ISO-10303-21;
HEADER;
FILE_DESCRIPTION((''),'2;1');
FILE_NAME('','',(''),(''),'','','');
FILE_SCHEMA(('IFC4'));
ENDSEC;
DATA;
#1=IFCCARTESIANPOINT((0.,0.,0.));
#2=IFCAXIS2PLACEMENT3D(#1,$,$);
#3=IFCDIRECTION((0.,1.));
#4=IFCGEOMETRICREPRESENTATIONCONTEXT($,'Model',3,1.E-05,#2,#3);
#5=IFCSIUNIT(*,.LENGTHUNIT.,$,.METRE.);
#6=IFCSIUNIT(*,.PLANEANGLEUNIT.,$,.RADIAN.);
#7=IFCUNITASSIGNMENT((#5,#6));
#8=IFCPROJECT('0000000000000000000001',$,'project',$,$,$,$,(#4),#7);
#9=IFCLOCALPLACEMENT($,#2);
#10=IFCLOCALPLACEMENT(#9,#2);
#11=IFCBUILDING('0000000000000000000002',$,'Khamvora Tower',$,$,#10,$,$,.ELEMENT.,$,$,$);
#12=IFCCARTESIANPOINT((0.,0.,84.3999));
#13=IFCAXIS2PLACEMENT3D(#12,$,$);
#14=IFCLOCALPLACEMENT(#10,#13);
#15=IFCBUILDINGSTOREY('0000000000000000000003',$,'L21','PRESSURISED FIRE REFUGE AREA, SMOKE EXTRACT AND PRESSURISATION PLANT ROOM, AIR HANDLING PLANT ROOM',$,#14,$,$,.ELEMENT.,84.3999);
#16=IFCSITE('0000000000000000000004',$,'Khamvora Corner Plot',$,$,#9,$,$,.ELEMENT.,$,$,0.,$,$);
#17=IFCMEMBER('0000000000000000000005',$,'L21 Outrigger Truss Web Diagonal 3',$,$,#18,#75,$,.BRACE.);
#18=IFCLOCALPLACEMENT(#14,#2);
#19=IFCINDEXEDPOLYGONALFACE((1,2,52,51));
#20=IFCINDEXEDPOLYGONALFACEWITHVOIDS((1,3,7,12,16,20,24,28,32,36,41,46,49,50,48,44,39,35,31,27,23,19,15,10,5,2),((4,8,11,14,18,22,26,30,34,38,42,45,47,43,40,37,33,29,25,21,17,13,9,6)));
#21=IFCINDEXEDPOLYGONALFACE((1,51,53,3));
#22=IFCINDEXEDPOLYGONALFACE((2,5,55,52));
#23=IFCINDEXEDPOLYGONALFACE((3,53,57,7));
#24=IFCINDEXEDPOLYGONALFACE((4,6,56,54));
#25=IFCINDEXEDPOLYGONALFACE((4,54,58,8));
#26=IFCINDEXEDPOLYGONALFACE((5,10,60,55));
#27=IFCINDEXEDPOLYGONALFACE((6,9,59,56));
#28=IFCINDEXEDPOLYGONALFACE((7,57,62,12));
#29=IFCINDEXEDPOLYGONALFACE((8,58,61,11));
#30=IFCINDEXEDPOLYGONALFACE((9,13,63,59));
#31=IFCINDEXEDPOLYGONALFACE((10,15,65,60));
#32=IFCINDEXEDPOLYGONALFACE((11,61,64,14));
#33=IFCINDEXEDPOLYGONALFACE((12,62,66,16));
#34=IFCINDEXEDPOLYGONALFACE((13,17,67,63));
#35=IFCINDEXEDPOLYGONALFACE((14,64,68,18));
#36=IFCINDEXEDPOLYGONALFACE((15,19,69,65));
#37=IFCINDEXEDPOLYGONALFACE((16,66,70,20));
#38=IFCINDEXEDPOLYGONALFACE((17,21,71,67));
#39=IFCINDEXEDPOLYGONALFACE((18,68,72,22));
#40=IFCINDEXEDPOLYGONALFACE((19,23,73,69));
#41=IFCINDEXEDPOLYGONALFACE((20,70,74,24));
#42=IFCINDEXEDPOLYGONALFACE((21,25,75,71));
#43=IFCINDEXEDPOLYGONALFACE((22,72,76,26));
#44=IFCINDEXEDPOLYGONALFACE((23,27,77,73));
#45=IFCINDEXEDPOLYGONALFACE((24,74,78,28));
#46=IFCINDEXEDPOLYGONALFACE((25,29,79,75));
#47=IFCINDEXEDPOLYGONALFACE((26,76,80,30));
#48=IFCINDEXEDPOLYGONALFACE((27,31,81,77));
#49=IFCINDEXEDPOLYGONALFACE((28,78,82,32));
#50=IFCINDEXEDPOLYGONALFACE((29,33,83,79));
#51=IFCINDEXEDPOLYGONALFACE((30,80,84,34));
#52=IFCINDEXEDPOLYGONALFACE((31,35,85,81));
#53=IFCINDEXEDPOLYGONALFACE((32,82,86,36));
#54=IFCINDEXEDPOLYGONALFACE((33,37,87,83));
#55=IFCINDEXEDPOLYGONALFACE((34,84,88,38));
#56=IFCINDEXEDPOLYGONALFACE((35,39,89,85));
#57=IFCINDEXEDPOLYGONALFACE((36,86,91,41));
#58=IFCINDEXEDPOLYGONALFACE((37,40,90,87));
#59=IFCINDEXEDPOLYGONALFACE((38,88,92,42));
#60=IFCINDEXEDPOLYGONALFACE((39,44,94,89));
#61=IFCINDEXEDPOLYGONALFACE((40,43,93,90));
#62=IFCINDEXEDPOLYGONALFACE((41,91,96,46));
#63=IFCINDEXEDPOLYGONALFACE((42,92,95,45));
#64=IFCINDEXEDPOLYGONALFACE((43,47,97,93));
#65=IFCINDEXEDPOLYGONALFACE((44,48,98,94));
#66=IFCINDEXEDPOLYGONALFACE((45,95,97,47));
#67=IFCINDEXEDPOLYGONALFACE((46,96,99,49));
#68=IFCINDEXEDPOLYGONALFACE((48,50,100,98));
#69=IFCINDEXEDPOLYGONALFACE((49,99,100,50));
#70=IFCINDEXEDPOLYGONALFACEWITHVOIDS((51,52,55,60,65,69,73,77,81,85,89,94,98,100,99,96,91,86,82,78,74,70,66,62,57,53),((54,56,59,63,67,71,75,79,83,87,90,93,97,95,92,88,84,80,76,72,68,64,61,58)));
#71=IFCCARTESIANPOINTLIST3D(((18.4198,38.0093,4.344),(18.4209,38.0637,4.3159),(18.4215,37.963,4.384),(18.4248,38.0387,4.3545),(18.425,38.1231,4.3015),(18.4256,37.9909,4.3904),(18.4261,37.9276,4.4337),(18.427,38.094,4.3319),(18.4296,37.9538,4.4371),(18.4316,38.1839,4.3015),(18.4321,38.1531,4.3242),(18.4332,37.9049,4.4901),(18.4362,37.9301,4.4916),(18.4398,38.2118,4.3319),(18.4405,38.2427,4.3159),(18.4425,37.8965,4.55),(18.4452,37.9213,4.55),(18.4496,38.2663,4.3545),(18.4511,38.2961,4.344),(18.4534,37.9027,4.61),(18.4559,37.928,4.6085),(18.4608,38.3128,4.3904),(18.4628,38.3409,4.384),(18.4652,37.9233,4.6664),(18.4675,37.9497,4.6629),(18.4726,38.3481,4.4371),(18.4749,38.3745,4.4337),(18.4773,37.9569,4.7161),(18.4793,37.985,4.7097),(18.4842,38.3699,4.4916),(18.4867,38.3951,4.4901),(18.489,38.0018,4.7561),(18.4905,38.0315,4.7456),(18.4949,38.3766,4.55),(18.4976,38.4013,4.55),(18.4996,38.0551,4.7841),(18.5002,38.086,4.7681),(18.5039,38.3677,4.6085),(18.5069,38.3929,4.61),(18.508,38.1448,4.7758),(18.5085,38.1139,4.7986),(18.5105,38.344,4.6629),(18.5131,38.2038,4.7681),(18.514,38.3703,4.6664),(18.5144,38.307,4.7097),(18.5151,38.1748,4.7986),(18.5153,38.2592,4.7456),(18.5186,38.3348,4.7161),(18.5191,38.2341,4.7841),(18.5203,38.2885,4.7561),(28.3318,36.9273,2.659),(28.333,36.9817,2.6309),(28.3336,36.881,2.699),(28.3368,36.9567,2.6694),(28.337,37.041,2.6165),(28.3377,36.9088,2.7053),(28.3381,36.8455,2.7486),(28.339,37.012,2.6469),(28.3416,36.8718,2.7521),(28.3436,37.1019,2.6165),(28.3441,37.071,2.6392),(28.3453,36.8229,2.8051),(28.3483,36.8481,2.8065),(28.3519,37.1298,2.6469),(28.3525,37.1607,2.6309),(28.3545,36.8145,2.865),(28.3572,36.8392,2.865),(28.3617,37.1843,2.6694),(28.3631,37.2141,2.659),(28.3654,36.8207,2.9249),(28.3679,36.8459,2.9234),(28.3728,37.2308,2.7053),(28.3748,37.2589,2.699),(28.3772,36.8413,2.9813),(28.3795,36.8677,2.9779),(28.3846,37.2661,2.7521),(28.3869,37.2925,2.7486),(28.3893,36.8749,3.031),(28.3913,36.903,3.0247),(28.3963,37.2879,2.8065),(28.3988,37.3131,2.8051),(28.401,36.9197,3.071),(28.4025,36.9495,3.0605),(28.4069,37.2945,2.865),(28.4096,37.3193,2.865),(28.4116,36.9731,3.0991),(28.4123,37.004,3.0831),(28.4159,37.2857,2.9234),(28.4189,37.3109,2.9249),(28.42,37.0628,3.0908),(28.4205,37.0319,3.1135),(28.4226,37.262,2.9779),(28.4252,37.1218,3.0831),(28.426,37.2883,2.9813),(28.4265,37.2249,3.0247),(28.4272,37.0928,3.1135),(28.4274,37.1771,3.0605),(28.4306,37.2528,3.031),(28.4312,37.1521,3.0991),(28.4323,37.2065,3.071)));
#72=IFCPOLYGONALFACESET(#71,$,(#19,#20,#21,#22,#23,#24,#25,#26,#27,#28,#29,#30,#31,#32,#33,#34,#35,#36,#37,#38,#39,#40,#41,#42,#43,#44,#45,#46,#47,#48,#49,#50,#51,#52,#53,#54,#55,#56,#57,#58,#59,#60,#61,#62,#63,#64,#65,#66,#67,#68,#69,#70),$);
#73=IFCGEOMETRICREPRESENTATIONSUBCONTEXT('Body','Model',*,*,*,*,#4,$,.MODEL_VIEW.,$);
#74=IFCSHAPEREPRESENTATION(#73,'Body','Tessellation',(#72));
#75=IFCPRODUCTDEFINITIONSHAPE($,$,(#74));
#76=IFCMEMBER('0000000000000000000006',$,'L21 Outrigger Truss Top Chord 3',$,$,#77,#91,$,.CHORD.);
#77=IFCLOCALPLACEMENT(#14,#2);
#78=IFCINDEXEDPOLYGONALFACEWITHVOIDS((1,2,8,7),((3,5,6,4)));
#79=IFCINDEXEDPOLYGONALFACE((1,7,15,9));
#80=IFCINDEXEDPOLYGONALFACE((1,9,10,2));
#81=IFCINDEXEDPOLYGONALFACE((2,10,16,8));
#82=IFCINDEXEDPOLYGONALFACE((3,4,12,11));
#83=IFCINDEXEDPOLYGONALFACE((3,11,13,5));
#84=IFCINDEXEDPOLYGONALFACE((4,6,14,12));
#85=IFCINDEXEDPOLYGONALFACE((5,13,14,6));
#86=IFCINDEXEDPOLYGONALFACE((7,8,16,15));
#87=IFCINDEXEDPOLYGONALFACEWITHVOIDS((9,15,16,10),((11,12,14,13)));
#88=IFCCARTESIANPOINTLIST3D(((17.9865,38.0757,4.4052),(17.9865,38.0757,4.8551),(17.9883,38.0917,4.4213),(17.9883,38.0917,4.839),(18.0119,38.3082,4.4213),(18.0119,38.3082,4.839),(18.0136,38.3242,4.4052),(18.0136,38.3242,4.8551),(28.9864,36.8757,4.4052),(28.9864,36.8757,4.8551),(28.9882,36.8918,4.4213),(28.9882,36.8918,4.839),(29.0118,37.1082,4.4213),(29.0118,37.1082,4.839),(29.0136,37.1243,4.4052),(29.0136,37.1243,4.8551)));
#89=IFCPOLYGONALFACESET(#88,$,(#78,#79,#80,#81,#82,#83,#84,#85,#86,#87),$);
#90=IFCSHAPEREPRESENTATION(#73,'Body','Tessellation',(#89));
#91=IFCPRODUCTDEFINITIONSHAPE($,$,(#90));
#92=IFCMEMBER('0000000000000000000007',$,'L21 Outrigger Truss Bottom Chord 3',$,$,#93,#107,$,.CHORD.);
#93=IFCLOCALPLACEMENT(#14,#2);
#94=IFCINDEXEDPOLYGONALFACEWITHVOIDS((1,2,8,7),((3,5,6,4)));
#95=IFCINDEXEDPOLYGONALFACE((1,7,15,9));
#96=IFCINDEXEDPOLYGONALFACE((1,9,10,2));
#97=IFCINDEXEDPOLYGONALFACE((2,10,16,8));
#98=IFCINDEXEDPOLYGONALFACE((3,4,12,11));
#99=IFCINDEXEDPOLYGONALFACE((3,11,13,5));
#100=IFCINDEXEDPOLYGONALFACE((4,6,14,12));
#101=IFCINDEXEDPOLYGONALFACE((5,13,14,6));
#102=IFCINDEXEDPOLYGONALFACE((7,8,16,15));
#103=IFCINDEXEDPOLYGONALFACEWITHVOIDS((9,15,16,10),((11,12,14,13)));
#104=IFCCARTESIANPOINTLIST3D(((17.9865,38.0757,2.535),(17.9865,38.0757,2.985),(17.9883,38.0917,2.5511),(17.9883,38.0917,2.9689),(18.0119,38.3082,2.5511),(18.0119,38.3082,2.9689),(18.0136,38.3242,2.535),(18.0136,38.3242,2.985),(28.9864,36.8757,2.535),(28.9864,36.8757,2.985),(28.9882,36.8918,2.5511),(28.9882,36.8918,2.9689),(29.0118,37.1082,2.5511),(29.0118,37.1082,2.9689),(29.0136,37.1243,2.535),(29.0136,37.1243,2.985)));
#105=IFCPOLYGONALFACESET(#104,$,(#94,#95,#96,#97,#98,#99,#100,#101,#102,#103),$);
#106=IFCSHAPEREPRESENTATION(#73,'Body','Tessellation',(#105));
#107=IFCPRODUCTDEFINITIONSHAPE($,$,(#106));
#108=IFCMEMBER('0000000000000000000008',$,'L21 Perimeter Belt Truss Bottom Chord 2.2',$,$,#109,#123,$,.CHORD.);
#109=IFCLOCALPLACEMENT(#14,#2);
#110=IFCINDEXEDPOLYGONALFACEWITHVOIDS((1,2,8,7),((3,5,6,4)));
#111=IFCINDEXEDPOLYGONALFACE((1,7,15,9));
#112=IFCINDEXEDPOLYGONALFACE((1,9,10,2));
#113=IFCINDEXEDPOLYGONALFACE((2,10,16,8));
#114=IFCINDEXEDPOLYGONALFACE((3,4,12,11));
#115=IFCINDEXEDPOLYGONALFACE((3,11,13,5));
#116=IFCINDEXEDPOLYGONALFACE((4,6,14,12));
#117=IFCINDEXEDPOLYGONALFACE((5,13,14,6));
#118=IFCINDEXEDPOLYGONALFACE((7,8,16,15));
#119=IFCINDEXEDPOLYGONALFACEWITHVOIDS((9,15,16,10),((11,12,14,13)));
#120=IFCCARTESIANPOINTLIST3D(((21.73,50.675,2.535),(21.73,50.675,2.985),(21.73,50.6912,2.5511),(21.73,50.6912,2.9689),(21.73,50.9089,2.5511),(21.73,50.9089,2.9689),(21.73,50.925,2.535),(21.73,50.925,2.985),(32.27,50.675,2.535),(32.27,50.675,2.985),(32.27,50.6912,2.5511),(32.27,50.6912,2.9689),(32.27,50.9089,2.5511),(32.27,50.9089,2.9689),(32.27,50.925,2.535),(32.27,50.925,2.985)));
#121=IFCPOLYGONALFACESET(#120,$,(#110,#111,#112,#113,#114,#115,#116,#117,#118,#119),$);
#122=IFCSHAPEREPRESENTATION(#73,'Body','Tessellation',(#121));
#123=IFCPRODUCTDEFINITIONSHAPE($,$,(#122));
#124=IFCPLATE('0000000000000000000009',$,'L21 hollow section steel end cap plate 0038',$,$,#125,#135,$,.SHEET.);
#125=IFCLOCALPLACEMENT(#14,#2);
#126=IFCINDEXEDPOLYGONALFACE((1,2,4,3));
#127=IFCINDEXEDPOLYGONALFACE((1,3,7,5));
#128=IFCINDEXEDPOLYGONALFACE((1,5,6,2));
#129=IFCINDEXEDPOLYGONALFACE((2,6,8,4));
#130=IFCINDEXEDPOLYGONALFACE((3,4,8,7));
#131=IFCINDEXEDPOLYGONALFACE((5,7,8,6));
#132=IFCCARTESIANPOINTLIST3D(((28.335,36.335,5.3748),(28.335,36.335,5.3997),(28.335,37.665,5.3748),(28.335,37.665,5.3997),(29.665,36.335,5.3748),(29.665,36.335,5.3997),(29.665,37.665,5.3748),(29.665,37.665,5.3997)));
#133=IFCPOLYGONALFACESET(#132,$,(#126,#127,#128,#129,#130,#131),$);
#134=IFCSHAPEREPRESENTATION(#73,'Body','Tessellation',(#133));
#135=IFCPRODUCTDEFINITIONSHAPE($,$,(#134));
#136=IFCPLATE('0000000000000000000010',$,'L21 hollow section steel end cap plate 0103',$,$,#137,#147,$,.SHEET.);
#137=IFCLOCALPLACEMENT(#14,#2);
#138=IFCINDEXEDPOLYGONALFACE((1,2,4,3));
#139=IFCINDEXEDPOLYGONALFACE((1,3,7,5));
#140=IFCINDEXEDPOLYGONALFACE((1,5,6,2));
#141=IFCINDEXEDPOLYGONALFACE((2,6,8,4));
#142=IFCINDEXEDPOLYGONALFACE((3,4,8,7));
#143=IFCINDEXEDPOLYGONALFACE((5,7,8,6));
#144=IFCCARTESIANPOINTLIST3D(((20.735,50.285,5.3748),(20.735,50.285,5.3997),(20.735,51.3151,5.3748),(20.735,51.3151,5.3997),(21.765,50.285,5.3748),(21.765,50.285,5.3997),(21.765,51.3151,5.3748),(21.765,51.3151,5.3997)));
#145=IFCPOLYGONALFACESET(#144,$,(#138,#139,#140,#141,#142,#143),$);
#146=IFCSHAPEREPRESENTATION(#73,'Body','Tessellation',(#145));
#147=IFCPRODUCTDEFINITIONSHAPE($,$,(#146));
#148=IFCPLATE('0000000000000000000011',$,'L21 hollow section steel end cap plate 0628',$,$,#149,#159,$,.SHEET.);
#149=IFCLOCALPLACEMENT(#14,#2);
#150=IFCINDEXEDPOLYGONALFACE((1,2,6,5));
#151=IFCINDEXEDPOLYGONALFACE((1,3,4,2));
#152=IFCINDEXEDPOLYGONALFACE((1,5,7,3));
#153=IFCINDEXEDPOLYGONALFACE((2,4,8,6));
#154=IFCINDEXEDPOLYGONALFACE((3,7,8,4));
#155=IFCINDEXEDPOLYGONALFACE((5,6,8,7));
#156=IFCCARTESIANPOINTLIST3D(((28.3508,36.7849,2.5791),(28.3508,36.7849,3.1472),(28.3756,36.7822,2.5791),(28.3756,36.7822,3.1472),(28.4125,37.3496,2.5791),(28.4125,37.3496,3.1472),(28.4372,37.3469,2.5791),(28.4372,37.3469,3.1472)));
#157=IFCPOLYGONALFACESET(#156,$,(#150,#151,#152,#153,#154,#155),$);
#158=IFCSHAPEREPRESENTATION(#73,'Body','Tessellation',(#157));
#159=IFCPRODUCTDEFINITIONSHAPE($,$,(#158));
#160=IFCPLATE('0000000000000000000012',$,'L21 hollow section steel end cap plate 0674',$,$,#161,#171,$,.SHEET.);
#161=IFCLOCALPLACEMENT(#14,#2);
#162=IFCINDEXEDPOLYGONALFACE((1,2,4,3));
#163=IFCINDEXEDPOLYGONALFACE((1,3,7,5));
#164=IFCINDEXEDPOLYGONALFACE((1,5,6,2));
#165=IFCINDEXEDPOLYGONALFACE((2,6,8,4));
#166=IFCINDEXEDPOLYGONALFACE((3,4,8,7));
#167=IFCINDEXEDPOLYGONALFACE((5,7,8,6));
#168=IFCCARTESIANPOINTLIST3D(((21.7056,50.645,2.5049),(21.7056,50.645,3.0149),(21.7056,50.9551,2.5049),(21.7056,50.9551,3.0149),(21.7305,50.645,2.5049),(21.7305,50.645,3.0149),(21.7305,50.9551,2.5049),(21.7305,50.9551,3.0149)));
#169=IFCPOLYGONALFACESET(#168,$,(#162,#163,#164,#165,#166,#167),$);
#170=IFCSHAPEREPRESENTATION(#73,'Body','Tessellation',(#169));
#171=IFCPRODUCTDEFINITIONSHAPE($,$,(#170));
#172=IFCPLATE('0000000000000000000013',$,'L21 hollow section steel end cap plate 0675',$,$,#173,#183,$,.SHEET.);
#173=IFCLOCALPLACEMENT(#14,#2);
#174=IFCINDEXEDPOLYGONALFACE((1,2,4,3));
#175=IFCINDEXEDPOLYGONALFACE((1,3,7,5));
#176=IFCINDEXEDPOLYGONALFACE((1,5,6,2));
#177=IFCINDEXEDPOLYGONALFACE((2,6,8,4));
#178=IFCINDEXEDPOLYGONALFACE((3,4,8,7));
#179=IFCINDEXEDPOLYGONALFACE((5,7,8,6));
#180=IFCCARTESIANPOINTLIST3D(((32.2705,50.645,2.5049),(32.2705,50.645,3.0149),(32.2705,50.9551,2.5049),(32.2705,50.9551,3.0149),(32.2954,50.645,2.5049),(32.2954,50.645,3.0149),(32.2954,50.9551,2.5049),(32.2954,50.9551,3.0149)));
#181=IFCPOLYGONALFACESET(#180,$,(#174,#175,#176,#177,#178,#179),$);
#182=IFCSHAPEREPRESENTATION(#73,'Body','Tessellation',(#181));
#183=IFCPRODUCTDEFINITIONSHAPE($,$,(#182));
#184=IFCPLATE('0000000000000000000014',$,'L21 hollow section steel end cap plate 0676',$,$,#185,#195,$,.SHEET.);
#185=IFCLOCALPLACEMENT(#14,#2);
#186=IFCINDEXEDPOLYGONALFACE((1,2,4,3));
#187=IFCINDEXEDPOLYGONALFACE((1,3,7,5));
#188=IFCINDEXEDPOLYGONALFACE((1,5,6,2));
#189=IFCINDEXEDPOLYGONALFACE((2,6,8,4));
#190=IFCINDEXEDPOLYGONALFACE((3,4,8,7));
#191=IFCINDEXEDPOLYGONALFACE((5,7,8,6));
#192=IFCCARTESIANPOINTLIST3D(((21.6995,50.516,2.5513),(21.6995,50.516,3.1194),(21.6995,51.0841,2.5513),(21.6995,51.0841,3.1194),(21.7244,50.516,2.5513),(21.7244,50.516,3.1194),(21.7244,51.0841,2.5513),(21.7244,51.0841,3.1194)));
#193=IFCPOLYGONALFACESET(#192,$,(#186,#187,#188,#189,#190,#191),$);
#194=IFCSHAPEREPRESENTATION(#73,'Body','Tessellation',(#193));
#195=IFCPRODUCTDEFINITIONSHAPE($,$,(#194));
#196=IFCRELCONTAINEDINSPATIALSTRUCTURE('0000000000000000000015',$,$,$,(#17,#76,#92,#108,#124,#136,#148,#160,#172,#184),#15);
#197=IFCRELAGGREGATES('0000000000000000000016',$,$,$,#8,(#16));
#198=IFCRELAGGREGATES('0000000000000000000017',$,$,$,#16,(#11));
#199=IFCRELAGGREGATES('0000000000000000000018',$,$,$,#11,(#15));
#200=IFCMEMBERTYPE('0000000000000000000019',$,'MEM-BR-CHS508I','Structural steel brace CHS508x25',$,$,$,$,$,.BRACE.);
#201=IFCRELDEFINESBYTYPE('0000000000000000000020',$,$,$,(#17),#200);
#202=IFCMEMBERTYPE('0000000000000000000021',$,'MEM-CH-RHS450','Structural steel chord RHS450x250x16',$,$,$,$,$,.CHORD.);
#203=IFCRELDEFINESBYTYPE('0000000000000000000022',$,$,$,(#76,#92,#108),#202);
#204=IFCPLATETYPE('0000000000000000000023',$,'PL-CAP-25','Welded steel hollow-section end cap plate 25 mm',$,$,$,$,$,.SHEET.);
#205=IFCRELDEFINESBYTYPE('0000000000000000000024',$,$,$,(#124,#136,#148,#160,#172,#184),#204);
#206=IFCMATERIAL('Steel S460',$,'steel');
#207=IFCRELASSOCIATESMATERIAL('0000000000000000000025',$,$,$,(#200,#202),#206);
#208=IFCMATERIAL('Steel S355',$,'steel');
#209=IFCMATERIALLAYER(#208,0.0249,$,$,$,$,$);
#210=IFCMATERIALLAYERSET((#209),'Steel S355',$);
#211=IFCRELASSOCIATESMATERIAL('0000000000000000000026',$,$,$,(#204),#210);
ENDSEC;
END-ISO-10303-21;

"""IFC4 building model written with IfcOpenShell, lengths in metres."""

from ifc_helpers import new_model, si_unit, direction, frame, origin, origin_2d, place, context, subcontext, project, spatial, rectangle, hollow_rectangle, hollow_circle, extrude, material, layer, layer_set, material_profile, profile_set, type_object, element, save


model = new_model("IFC4")

# Units and contexts
model_context = context("Model", 3, precision=1e-05, world=origin(), true_north=direction((0.0, 1.0)))
body_context = subcontext(model_context, "Body", "Model", "MODEL_VIEW")
ifc_project = project(units=[si_unit("LENGTHUNIT", "METRE"), si_unit("PLANEANGLEUNIT", "RADIAN")], contexts=[model_context])

# Site, building, storey
site_placement = place(None, origin())
site = spatial("IfcSite", under=ifc_project, at=site_placement, Name="Khamvora Corner Plot", CompositionType="ELEMENT", RefElevation=0.0)
building_placement = place(site_placement, origin())
building = spatial("IfcBuilding", under=site, at=building_placement, Name="Khamvora Tower", CompositionType="ELEMENT")
storey_placement = place(building_placement, frame((0.0, 0.0, 84.3999)))
storey = spatial("IfcBuildingStorey", under=building, at=storey_placement, Name="L21", Description="PRESSURISED FIRE REFUGE AREA, SMOKE EXTRACT AND PRESSURISATION PLANT ROOM, AIR HANDLING PLANT ROOM", CompositionType="ELEMENT", Elevation=84.3999)

# Shared definitions
ifc_material_1 = material(Name="Steel S460", Category="steel")

# Members
ifc_material_profile_1 = material_profile(ifc_material_1, hollow_circle(Radius=0.2539, WallThickness=0.0249, at=origin_2d()), Name="CHS508x25")
ifc_profile_set_1 = profile_set([ifc_material_profile_1], Name="Steel S460")
member_type_1 = type_object("IfcMemberType", Name="MEM-BR-CHS508I", Description="Structural steel brace CHS508x25", PredefinedType="BRACE", material=ifc_profile_set_1)
member_1_placement = place(storey_placement, frame((28.3821, 37.0669, 2.865), z_axis=(-0.980196, 0.107001, 0.166633), x_axis=(-0.108518, -0.994094, 0.0)))
element("IfcMember", 1, at=member_1_placement, inside=storey, type_object=member_type_1, Name="L21 Outrigger Truss Web Diagonal 3", PredefinedType="BRACE", context=body_context, shape_type="SweptSolid", body=[
    extrude(hollow_circle(Radius=0.2539, WallThickness=0.0249, at=origin_2d()), origin(), (0.0, 0.0, 1.0), 10.1123),
])
ifc_material_profile_2 = material_profile(ifc_material_1, hollow_rectangle(XDim=0.25, YDim=0.45, WallThickness=0.0161, at=origin_2d()), Name="RHS450x250x16")
ifc_profile_set_2 = profile_set([ifc_material_profile_2], Name="Steel S460")
member_type_2 = type_object("IfcMemberType", Name="MEM-CH-RHS450", Description="Structural steel chord RHS450x250x16", PredefinedType="CHORD", material=ifc_profile_set_2)
for number, where, z_axis, x_axis, name in (
    (2, (29.0, 37.0, 4.6301), (-0.994103, 0.108443, 0.0), (-0.108443, -0.994103, 0.0), "L21 Outrigger Truss Top Chord 3"),
    (3, (29.0, 37.0, 2.76), (-0.994103, 0.108443, 0.0), (-0.108443, -0.994103, 0.0), "L21 Outrigger Truss Bottom Chord 3"),
):
    element("IfcMember", number, at=place(storey_placement, frame(where, z_axis=z_axis, x_axis=x_axis)), inside=storey, type_object=member_type_2, Name=name, PredefinedType="CHORD", context=body_context, shape_type="SweptSolid", body=[
        extrude(hollow_rectangle(XDim=0.25, YDim=0.45, WallThickness=0.0161, at=origin_2d()), origin(), (0.0, 0.0, 1.0), 11.0652),
    ])
member_2_placement = place(storey_placement, frame((21.73, 50.8, 2.76), z_axis=(1.0, 0.0, 0.0), x_axis=(0.0, 1.0, 0.0)))
element("IfcMember", 4, at=member_2_placement, inside=storey, type_object=member_type_2, Name="L21 Perimeter Belt Truss Bottom Chord 2.2", PredefinedType="CHORD", context=body_context, shape_type="SweptSolid", body=[
    extrude(hollow_rectangle(XDim=0.25, YDim=0.45, WallThickness=0.0161, at=origin_2d()), origin(), (0.0, 0.0, 1.0), 10.54),
])

# Plates
ifc_material_2 = material(Name="Steel S355", Category="steel")
ifc_layer_1 = layer(ifc_material_2, 0.0249)
ifc_layer_set_1 = layer_set([ifc_layer_1], Name="Steel S355")
plate_type_1 = type_object("IfcPlateType", Name="PL-CAP-25", Description="Welded steel hollow-section end cap plate 25 mm", PredefinedType="SHEET", material=ifc_layer_set_1)
plate_1_placement = place(storey_placement, frame((29.0, 37.0, 5.3748), z_axis=(0.0, 0.0, 1.0), x_axis=(1.0, 0.0, 0.0)))
element("IfcPlate", 5, at=plate_1_placement, inside=storey, type_object=plate_type_1, Name="L21 hollow section steel end cap plate 0038", PredefinedType="SHEET", context=body_context, shape_type="SweptSolid", body=[
    extrude(rectangle(XDim=1.3301, YDim=1.3301, at=origin_2d()), origin(), (0.0, 0.0, 1.0), 0.0249),
])
plate_2_placement = place(storey_placement, frame((21.25, 50.8, 5.3748), z_axis=(0.0, 0.0, 1.0), x_axis=(1.0, 0.0, 0.0)))
element("IfcPlate", 6, at=plate_2_placement, inside=storey, type_object=plate_type_1, Name="L21 hollow section steel end cap plate 0103", PredefinedType="SHEET", context=body_context, shape_type="SweptSolid", body=[
    extrude(rectangle(XDim=1.03, YDim=1.03, at=origin_2d()), origin(), (0.0, 0.0, 1.0), 0.0249),
])
plate_3_placement = place(storey_placement, frame((28.394, 37.0659, 2.5791), z_axis=(0.0, 0.0, 1.0), x_axis=(-0.994094, 0.10852, 0.0)))
element("IfcPlate", 7, at=plate_3_placement, inside=storey, type_object=plate_type_1, Name="L21 hollow section steel end cap plate 0628", PredefinedType="SHEET", context=body_context, shape_type="SweptSolid", body=[
    extrude(rectangle(XDim=0.0249, YDim=0.5681, at=origin_2d()), origin(), (0.0, 0.0, 1.0), 0.5681),
])
for number, where, z_axis, x_axis, name in (
    (8, (21.718, 50.8, 2.5049), (0.0, 0.0, 1.0), (1.0, 0.0, 0.0), "L21 hollow section steel end cap plate 0674"),
    (9, (32.283, 50.8, 2.5049), (0.0, 0.0, 1.0), (1.0, 0.0, 0.0), "L21 hollow section steel end cap plate 0675"),
):
    element("IfcPlate", number, at=place(storey_placement, frame(where, z_axis=z_axis, x_axis=x_axis)), inside=storey, type_object=plate_type_1, Name=name, PredefinedType="SHEET", context=body_context, shape_type="SweptSolid", body=[
        extrude(rectangle(XDim=0.0249, YDim=0.3101, at=origin_2d()), origin(), (0.0, 0.0, 1.0), 0.51),
    ])
for number, where, z_axis, x_axis, name in (
    (10, (21.7119, 50.8, 2.5513), (0.0, 0.0, 1.0), (1.0, 0.0, 0.0), "L21 hollow section steel end cap plate 0676"),
):
    element("IfcPlate", number, at=place(storey_placement, frame(where, z_axis=z_axis, x_axis=x_axis)), inside=storey, type_object=plate_type_1, Name=name, PredefinedType="SHEET", context=body_context, shape_type="SweptSolid", body=[
        extrude(rectangle(XDim=0.0249, YDim=0.5681, at=origin_2d()), origin(), (0.0, 0.0, 1.0), 0.5681),
    ])

save(model, "model.ifc")
